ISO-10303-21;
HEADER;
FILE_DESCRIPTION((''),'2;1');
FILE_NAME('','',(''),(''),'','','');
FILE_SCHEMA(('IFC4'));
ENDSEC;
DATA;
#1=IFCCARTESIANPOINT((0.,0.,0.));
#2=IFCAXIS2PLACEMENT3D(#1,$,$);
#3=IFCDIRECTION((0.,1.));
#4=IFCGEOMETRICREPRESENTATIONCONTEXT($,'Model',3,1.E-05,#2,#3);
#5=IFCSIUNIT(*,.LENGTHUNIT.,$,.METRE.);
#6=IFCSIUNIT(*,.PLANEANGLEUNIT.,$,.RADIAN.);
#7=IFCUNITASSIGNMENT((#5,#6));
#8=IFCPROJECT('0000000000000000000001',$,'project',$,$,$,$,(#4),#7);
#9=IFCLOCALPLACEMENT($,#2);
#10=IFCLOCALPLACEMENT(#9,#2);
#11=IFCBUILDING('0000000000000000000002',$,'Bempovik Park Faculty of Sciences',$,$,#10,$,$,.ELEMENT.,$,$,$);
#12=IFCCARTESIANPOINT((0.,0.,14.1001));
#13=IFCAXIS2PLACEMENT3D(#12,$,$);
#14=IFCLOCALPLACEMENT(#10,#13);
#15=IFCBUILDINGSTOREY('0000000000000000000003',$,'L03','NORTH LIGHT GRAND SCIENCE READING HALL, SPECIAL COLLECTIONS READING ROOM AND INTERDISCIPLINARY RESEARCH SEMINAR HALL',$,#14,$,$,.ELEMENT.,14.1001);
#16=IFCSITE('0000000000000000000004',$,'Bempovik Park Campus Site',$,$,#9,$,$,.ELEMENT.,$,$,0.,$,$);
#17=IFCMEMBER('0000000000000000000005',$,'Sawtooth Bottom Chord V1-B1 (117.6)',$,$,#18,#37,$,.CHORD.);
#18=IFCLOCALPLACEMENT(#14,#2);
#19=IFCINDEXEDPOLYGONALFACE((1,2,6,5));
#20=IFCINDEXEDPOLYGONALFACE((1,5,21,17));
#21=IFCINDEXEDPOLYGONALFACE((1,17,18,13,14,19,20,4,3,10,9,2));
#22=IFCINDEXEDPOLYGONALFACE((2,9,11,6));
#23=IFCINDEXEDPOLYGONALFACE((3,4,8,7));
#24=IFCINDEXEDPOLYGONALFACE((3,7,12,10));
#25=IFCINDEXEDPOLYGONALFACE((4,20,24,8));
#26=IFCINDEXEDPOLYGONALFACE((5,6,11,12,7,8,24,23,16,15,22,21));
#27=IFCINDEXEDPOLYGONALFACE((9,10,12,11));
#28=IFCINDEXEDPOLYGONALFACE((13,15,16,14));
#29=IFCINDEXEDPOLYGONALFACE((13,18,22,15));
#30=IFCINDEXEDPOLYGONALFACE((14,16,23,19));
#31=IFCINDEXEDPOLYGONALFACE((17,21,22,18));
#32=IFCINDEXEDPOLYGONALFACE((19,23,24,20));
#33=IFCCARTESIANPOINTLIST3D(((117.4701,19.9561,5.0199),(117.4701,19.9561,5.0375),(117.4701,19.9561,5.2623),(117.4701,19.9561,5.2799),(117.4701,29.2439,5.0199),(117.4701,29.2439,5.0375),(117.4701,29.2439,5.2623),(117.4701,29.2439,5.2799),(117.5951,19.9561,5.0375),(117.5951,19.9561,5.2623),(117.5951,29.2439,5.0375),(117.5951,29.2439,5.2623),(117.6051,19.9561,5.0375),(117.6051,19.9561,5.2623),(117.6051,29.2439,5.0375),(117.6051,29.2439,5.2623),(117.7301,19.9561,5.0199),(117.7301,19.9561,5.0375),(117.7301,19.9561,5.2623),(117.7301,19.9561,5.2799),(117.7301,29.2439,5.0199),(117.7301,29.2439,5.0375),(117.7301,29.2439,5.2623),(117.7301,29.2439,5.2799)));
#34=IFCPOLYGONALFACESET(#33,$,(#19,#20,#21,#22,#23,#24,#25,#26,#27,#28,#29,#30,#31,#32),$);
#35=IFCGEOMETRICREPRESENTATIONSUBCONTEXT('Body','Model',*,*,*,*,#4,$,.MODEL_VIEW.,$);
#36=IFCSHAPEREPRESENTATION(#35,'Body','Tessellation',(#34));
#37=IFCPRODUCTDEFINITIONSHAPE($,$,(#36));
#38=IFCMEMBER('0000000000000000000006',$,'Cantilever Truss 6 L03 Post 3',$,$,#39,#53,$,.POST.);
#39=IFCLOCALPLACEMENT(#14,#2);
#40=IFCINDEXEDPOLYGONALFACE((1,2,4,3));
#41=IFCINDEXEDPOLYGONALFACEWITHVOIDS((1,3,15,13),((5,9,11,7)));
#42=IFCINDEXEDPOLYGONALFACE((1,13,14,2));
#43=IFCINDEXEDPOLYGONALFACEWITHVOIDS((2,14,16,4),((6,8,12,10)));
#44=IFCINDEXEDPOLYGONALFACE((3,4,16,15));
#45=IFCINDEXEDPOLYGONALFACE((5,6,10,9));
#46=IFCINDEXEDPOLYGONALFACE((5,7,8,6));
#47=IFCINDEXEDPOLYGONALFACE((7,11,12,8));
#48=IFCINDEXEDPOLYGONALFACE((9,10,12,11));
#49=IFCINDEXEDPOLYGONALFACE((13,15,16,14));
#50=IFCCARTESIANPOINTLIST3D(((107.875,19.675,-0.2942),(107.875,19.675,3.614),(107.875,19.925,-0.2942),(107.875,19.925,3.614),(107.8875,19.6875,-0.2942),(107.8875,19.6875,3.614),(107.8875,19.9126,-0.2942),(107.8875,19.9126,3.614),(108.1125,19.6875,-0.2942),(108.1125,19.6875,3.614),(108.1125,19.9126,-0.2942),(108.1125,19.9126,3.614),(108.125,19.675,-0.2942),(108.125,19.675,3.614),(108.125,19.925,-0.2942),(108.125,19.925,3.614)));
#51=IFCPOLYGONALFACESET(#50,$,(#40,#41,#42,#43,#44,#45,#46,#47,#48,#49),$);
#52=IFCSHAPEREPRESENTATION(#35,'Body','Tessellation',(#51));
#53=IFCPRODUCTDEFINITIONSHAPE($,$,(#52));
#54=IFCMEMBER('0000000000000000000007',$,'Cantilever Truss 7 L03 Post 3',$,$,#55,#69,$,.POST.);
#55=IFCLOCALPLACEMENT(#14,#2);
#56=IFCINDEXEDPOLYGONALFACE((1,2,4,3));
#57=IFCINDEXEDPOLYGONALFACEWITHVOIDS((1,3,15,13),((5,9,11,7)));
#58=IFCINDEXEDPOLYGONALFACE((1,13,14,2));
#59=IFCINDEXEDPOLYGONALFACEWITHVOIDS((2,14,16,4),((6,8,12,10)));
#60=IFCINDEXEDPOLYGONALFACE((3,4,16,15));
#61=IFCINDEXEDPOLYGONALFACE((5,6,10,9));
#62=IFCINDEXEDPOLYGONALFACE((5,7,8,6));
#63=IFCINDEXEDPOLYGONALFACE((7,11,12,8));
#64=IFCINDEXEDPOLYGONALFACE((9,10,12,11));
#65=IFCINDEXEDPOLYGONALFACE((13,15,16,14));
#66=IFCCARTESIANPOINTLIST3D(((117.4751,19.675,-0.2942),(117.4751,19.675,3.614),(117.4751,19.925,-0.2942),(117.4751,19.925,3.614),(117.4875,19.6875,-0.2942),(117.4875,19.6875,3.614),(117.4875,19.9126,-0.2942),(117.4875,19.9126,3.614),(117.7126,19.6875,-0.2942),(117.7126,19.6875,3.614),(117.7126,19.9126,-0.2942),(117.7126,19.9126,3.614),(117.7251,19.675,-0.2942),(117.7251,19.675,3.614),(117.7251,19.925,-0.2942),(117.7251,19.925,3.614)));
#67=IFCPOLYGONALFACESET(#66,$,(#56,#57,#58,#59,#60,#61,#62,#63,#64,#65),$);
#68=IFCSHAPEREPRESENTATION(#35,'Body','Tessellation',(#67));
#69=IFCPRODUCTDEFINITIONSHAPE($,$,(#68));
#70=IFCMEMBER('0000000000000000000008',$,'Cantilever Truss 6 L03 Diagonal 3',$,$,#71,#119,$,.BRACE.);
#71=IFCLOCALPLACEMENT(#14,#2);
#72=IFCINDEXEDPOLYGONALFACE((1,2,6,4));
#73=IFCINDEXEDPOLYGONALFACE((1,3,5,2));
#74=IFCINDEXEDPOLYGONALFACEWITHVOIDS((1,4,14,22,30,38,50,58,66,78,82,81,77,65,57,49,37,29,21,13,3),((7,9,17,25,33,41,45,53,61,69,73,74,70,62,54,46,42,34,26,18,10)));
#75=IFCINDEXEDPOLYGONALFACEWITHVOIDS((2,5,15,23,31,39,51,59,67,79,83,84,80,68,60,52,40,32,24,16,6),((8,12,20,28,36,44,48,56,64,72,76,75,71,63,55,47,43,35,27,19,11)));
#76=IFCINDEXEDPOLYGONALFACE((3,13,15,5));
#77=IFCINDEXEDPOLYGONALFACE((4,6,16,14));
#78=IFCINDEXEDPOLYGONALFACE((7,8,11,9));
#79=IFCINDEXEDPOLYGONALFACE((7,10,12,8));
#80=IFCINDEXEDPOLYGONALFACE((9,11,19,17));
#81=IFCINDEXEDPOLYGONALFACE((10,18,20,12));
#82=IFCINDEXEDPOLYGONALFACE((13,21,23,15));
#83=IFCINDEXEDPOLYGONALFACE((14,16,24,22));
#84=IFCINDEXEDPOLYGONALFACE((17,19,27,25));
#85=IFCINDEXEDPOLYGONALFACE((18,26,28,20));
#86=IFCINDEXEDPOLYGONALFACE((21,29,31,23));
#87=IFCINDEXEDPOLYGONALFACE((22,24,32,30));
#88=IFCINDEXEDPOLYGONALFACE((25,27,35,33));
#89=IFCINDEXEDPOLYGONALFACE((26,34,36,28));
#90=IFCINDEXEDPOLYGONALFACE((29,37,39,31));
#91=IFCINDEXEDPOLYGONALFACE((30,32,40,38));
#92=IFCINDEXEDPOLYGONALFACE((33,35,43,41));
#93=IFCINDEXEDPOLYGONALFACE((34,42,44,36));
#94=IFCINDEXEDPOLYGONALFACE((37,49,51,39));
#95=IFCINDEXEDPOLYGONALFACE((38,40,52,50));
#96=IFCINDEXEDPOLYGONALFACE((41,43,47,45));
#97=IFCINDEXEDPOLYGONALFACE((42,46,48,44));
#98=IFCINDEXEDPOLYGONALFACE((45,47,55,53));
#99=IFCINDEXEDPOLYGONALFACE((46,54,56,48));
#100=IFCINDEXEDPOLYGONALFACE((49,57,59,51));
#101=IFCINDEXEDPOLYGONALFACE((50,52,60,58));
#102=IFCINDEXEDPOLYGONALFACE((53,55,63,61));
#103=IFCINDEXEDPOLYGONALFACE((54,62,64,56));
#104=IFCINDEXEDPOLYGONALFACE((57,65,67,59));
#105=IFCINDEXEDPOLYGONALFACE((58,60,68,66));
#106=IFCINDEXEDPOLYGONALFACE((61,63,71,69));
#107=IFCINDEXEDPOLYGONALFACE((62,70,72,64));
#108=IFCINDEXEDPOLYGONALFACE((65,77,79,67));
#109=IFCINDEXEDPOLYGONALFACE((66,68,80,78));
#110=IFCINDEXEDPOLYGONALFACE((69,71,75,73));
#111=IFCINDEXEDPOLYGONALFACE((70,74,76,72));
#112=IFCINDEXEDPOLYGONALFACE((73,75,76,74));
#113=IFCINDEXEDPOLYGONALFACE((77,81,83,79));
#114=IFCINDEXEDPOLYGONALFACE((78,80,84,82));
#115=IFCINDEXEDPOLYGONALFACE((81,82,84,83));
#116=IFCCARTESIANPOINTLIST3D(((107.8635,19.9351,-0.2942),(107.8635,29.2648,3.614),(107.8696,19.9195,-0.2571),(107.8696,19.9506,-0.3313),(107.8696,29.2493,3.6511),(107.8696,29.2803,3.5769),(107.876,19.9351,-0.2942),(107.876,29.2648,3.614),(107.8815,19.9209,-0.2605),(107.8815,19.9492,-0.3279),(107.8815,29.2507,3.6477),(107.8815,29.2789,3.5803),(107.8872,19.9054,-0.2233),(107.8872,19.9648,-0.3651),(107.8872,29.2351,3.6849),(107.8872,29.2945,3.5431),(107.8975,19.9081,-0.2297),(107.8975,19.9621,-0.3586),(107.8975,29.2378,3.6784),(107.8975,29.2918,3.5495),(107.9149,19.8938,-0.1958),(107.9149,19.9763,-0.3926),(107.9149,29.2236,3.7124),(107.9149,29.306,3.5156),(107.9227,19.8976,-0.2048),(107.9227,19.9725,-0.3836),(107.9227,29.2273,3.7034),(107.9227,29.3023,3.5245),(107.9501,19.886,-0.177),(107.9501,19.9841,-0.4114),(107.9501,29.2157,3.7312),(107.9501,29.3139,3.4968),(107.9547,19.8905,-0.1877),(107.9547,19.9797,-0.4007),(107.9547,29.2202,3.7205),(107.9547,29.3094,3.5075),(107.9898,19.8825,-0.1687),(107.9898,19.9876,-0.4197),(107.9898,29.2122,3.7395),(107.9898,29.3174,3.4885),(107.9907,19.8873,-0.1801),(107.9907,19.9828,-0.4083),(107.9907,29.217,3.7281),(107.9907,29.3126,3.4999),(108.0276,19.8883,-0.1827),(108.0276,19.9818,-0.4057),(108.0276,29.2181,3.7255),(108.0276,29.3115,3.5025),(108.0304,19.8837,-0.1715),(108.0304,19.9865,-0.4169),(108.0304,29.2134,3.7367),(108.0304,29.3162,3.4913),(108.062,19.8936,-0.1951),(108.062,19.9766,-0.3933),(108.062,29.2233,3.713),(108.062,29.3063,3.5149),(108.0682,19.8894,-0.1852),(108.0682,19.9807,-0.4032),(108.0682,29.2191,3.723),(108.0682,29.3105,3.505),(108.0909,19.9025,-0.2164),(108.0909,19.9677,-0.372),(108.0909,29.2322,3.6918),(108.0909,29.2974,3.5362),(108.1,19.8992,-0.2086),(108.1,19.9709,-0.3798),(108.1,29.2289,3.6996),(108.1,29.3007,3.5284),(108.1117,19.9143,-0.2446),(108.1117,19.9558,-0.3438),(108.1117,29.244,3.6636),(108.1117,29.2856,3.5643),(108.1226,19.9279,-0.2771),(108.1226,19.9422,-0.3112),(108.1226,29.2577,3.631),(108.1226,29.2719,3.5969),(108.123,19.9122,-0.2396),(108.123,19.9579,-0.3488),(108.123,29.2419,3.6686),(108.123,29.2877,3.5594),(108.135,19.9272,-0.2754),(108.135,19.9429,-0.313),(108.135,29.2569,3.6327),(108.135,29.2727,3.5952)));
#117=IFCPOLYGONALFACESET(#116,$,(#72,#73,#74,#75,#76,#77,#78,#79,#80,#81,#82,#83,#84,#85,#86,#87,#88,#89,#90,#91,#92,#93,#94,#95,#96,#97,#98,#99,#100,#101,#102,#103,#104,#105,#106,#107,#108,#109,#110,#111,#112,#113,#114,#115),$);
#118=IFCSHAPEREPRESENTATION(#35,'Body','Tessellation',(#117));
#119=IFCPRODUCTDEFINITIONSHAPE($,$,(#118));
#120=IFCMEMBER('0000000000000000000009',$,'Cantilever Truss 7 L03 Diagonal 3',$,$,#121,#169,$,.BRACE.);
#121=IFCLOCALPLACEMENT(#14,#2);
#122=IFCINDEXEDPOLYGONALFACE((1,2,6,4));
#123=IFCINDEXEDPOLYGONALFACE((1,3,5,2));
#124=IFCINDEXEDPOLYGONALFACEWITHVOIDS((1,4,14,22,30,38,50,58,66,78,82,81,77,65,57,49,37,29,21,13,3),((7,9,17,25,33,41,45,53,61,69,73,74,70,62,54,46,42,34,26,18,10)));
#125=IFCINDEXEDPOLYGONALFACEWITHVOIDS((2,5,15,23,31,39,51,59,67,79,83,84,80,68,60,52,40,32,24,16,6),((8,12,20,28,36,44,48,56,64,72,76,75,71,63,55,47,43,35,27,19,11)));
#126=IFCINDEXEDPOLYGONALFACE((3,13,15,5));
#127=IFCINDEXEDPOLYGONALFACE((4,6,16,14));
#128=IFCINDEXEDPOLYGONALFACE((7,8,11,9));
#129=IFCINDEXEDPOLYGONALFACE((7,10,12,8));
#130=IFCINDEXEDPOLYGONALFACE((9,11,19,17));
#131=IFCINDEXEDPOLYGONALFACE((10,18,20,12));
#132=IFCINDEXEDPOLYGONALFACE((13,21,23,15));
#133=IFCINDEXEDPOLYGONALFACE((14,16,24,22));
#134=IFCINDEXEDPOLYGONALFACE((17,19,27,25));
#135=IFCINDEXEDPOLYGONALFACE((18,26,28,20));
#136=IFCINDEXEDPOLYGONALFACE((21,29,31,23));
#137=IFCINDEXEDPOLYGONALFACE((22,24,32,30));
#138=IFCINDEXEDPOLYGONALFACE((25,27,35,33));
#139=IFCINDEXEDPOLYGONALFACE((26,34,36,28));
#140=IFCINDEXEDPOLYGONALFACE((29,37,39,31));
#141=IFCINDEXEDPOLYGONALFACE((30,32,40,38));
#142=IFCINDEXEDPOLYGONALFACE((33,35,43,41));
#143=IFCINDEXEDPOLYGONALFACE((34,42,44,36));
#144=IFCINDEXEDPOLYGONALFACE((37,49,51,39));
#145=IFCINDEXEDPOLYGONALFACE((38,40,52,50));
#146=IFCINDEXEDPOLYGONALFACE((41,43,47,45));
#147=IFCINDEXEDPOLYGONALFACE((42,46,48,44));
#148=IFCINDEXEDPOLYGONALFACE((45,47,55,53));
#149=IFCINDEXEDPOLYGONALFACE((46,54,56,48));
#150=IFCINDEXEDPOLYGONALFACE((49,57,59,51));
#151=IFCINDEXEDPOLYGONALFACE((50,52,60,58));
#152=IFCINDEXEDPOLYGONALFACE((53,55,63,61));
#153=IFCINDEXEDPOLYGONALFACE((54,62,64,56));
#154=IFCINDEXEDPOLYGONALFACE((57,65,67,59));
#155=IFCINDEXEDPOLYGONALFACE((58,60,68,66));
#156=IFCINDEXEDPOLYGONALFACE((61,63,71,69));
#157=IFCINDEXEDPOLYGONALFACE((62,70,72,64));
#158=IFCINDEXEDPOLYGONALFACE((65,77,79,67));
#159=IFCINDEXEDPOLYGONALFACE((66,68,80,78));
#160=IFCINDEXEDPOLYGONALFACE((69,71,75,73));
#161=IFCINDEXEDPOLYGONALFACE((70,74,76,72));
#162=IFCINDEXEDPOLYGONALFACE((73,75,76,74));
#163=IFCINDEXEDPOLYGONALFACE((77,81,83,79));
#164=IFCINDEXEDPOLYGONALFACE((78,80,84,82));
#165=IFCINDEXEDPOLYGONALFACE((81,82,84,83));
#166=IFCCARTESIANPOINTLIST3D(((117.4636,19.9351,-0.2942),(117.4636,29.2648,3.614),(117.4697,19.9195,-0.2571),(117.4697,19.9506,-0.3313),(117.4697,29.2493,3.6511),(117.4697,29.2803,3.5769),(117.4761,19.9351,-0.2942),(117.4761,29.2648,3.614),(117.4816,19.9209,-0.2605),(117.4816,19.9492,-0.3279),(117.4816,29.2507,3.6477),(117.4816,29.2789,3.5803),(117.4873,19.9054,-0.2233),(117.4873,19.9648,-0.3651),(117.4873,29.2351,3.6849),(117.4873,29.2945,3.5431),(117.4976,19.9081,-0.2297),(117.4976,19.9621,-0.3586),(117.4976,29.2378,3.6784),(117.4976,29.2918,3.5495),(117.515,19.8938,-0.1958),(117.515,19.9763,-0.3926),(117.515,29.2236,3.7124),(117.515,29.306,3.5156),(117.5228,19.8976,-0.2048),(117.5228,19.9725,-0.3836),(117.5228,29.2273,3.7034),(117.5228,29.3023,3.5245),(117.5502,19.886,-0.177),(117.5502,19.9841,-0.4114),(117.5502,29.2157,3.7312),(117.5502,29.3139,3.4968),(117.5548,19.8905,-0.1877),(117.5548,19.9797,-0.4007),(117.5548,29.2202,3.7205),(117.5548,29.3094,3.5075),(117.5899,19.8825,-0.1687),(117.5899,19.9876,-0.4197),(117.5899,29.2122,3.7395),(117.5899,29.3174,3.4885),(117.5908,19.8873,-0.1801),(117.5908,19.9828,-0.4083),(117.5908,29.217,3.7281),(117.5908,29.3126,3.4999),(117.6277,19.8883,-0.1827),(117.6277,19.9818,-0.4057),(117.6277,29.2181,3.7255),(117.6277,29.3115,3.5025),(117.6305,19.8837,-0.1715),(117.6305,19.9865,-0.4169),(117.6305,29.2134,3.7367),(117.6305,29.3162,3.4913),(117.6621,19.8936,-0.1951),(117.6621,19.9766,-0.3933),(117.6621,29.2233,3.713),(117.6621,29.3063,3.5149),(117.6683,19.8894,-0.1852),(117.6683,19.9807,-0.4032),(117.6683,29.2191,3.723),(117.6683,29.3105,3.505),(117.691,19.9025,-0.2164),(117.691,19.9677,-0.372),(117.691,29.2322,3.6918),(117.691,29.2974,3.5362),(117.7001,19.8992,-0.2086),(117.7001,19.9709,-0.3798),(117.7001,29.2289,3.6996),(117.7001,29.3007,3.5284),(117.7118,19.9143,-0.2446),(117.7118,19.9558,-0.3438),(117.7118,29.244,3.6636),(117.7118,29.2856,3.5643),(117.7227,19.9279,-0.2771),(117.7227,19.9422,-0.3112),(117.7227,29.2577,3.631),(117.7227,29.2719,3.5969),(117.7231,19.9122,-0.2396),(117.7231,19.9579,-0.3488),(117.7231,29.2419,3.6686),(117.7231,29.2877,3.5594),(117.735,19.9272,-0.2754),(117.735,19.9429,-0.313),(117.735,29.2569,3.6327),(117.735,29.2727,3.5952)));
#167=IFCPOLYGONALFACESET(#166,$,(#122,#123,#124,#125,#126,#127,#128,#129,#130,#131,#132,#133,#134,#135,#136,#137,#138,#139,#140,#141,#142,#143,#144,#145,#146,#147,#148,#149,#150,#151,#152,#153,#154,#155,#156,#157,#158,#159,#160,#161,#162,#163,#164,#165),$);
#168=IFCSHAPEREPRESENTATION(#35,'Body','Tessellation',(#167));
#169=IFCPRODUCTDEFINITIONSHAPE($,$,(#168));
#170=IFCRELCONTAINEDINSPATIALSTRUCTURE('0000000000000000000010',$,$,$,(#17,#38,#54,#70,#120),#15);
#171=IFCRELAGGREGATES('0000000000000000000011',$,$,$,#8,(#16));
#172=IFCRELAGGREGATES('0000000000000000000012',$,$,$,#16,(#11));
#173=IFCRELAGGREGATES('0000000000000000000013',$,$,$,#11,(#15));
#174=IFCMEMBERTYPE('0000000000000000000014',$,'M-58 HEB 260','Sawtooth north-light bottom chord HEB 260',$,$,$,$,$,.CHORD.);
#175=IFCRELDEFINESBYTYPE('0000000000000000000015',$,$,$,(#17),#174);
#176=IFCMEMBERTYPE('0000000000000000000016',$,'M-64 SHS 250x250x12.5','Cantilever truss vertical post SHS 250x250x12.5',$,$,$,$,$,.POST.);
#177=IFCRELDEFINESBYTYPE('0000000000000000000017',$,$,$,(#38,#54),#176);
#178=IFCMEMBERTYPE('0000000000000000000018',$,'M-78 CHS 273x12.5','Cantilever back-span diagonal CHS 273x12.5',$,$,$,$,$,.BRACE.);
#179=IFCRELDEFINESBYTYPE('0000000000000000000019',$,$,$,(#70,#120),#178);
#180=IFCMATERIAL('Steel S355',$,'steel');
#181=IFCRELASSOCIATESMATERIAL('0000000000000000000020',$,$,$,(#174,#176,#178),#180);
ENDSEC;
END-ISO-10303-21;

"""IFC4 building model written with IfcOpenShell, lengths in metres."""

from ifc_helpers import new_model, si_unit, direction, frame, origin, origin_2d, place, context, subcontext, project, spatial, hollow_rectangle, hollow_circle, i_section, extrude, material, material_profile, profile_set, type_object, element, save


model = new_model("IFC4")

# Units and contexts
model_context = context("Model", 3, precision=1e-05, world=origin(), true_north=direction((0.0, 1.0)))
body_context = subcontext(model_context, "Body", "Model", "MODEL_VIEW")
ifc_project = project(units=[si_unit("LENGTHUNIT", "METRE"), si_unit("PLANEANGLEUNIT", "RADIAN")], contexts=[model_context])

# Site, building, storey
site_placement = place(None, origin())
site = spatial("IfcSite", under=ifc_project, at=site_placement, Name="Bempovik Park Campus Site", CompositionType="ELEMENT", RefElevation=0.0)
building_placement = place(site_placement, origin())
building = spatial("IfcBuilding", under=site, at=building_placement, Name="Bempovik Park Faculty of Sciences", CompositionType="ELEMENT")
storey_placement = place(building_placement, frame((0.0, 0.0, 14.1001)))
storey = spatial("IfcBuildingStorey", under=building, at=storey_placement, Name="L03", Description="NORTH LIGHT GRAND SCIENCE READING HALL, SPECIAL COLLECTIONS READING ROOM AND INTERDISCIPLINARY RESEARCH SEMINAR HALL", CompositionType="ELEMENT", Elevation=14.1001)

# Shared definitions
ifc_material_1 = material(Name="Steel S355", Category="steel")

# Members
ifc_material_profile_1 = material_profile(ifc_material_1, i_section(OverallWidth=0.26, OverallDepth=0.26, WebThickness=0.01, FlangeThickness=0.0176, at=origin_2d()), Name="HEB 260")
ifc_profile_set_1 = profile_set([ifc_material_profile_1], Name="Steel S355")
member_type_1 = type_object("IfcMemberType", Name="M-58 HEB 260", Description="Sawtooth north-light bottom chord HEB 260", PredefinedType="CHORD", material=ifc_profile_set_1)
for number, where, z_axis, x_axis, name in (
    (1, (117.6001, 19.9561, 5.1499), (0.0, 1.0, 0.0), (-1.0, 0.0, 0.0), "Sawtooth Bottom Chord V1-B1 (117.6)"),
):
    element("IfcMember", number, at=place(storey_placement, frame(where, z_axis=z_axis, x_axis=x_axis)), inside=storey, type_object=member_type_1, Name=name, PredefinedType="CHORD", context=body_context, shape_type="SweptSolid", body=[
        extrude(i_section(OverallWidth=0.26, OverallDepth=0.26, WebThickness=0.01, FlangeThickness=0.0176, at=origin_2d()), origin(), (0.0, 0.0, 1.0), 9.2878),
    ])
ifc_material_profile_2 = material_profile(ifc_material_1, hollow_rectangle(XDim=0.25, YDim=0.25, WallThickness=0.0125, at=origin_2d()), Name="SHS 250x250x12.5")
ifc_profile_set_2 = profile_set([ifc_material_profile_2], Name="Steel S355")
member_type_2 = type_object("IfcMemberType", Name="M-64 SHS 250x250x12.5", Description="Cantilever truss vertical post SHS 250x250x12.5", PredefinedType="POST", material=ifc_profile_set_2)
for number, where, z_axis, x_axis, name in (
    (2, (108.0, 19.8, -0.2942), (0.0, 0.0, 1.0), (1.0, 0.0, 0.0), "Cantilever Truss 6 L03 Post 3"),
    (3, (117.6001, 19.8, -0.2942), (0.0, 0.0, 1.0), (1.0, 0.0, 0.0), "Cantilever Truss 7 L03 Post 3"),
):
    element("IfcMember", number, at=place(storey_placement, frame(where, z_axis=z_axis, x_axis=x_axis)), inside=storey, type_object=member_type_2, Name=name, PredefinedType="POST", context=body_context, shape_type="SweptSolid", body=[
        extrude(hollow_rectangle(XDim=0.25, YDim=0.25, WallThickness=0.0125, at=origin_2d()), origin(), (0.0, 0.0, 1.0), 3.9082),
    ])
ifc_material_profile_3 = material_profile(ifc_material_1, hollow_circle(Radius=0.1365, WallThickness=0.0125, at=origin_2d()), Name="CHS 273x12.5")
ifc_profile_set_3 = profile_set([ifc_material_profile_3], Name="Steel S355")
member_type_3 = type_object("IfcMemberType", Name="M-78 CHS 273x12.5", Description="Cantilever back-span diagonal CHS 273x12.5", PredefinedType="BRACE", material=ifc_profile_set_3)
for number, where, z_axis, x_axis, name in (
    (4, (108.0, 19.9351, -0.2942), (0.0, 0.922346, 0.386364), (-1.0, 0.0, 0.0), "Cantilever Truss 6 L03 Diagonal 3"),
    (5, (117.6001, 19.9351, -0.2942), (0.0, 0.922346, 0.386364), (-1.0, 0.0, 0.0), "Cantilever Truss 7 L03 Diagonal 3"),
):
    element("IfcMember", number, at=place(storey_placement, frame(where, z_axis=z_axis, x_axis=x_axis)), inside=storey, type_object=member_type_3, Name=name, PredefinedType="BRACE", context=body_context, shape_type="SweptSolid", body=[
        extrude(hollow_circle(Radius=0.1365, WallThickness=0.0125, at=origin_2d()), origin(), (0.0, 0.0, 1.0), 10.1152),
    ])

save(model, "model.ifc")
